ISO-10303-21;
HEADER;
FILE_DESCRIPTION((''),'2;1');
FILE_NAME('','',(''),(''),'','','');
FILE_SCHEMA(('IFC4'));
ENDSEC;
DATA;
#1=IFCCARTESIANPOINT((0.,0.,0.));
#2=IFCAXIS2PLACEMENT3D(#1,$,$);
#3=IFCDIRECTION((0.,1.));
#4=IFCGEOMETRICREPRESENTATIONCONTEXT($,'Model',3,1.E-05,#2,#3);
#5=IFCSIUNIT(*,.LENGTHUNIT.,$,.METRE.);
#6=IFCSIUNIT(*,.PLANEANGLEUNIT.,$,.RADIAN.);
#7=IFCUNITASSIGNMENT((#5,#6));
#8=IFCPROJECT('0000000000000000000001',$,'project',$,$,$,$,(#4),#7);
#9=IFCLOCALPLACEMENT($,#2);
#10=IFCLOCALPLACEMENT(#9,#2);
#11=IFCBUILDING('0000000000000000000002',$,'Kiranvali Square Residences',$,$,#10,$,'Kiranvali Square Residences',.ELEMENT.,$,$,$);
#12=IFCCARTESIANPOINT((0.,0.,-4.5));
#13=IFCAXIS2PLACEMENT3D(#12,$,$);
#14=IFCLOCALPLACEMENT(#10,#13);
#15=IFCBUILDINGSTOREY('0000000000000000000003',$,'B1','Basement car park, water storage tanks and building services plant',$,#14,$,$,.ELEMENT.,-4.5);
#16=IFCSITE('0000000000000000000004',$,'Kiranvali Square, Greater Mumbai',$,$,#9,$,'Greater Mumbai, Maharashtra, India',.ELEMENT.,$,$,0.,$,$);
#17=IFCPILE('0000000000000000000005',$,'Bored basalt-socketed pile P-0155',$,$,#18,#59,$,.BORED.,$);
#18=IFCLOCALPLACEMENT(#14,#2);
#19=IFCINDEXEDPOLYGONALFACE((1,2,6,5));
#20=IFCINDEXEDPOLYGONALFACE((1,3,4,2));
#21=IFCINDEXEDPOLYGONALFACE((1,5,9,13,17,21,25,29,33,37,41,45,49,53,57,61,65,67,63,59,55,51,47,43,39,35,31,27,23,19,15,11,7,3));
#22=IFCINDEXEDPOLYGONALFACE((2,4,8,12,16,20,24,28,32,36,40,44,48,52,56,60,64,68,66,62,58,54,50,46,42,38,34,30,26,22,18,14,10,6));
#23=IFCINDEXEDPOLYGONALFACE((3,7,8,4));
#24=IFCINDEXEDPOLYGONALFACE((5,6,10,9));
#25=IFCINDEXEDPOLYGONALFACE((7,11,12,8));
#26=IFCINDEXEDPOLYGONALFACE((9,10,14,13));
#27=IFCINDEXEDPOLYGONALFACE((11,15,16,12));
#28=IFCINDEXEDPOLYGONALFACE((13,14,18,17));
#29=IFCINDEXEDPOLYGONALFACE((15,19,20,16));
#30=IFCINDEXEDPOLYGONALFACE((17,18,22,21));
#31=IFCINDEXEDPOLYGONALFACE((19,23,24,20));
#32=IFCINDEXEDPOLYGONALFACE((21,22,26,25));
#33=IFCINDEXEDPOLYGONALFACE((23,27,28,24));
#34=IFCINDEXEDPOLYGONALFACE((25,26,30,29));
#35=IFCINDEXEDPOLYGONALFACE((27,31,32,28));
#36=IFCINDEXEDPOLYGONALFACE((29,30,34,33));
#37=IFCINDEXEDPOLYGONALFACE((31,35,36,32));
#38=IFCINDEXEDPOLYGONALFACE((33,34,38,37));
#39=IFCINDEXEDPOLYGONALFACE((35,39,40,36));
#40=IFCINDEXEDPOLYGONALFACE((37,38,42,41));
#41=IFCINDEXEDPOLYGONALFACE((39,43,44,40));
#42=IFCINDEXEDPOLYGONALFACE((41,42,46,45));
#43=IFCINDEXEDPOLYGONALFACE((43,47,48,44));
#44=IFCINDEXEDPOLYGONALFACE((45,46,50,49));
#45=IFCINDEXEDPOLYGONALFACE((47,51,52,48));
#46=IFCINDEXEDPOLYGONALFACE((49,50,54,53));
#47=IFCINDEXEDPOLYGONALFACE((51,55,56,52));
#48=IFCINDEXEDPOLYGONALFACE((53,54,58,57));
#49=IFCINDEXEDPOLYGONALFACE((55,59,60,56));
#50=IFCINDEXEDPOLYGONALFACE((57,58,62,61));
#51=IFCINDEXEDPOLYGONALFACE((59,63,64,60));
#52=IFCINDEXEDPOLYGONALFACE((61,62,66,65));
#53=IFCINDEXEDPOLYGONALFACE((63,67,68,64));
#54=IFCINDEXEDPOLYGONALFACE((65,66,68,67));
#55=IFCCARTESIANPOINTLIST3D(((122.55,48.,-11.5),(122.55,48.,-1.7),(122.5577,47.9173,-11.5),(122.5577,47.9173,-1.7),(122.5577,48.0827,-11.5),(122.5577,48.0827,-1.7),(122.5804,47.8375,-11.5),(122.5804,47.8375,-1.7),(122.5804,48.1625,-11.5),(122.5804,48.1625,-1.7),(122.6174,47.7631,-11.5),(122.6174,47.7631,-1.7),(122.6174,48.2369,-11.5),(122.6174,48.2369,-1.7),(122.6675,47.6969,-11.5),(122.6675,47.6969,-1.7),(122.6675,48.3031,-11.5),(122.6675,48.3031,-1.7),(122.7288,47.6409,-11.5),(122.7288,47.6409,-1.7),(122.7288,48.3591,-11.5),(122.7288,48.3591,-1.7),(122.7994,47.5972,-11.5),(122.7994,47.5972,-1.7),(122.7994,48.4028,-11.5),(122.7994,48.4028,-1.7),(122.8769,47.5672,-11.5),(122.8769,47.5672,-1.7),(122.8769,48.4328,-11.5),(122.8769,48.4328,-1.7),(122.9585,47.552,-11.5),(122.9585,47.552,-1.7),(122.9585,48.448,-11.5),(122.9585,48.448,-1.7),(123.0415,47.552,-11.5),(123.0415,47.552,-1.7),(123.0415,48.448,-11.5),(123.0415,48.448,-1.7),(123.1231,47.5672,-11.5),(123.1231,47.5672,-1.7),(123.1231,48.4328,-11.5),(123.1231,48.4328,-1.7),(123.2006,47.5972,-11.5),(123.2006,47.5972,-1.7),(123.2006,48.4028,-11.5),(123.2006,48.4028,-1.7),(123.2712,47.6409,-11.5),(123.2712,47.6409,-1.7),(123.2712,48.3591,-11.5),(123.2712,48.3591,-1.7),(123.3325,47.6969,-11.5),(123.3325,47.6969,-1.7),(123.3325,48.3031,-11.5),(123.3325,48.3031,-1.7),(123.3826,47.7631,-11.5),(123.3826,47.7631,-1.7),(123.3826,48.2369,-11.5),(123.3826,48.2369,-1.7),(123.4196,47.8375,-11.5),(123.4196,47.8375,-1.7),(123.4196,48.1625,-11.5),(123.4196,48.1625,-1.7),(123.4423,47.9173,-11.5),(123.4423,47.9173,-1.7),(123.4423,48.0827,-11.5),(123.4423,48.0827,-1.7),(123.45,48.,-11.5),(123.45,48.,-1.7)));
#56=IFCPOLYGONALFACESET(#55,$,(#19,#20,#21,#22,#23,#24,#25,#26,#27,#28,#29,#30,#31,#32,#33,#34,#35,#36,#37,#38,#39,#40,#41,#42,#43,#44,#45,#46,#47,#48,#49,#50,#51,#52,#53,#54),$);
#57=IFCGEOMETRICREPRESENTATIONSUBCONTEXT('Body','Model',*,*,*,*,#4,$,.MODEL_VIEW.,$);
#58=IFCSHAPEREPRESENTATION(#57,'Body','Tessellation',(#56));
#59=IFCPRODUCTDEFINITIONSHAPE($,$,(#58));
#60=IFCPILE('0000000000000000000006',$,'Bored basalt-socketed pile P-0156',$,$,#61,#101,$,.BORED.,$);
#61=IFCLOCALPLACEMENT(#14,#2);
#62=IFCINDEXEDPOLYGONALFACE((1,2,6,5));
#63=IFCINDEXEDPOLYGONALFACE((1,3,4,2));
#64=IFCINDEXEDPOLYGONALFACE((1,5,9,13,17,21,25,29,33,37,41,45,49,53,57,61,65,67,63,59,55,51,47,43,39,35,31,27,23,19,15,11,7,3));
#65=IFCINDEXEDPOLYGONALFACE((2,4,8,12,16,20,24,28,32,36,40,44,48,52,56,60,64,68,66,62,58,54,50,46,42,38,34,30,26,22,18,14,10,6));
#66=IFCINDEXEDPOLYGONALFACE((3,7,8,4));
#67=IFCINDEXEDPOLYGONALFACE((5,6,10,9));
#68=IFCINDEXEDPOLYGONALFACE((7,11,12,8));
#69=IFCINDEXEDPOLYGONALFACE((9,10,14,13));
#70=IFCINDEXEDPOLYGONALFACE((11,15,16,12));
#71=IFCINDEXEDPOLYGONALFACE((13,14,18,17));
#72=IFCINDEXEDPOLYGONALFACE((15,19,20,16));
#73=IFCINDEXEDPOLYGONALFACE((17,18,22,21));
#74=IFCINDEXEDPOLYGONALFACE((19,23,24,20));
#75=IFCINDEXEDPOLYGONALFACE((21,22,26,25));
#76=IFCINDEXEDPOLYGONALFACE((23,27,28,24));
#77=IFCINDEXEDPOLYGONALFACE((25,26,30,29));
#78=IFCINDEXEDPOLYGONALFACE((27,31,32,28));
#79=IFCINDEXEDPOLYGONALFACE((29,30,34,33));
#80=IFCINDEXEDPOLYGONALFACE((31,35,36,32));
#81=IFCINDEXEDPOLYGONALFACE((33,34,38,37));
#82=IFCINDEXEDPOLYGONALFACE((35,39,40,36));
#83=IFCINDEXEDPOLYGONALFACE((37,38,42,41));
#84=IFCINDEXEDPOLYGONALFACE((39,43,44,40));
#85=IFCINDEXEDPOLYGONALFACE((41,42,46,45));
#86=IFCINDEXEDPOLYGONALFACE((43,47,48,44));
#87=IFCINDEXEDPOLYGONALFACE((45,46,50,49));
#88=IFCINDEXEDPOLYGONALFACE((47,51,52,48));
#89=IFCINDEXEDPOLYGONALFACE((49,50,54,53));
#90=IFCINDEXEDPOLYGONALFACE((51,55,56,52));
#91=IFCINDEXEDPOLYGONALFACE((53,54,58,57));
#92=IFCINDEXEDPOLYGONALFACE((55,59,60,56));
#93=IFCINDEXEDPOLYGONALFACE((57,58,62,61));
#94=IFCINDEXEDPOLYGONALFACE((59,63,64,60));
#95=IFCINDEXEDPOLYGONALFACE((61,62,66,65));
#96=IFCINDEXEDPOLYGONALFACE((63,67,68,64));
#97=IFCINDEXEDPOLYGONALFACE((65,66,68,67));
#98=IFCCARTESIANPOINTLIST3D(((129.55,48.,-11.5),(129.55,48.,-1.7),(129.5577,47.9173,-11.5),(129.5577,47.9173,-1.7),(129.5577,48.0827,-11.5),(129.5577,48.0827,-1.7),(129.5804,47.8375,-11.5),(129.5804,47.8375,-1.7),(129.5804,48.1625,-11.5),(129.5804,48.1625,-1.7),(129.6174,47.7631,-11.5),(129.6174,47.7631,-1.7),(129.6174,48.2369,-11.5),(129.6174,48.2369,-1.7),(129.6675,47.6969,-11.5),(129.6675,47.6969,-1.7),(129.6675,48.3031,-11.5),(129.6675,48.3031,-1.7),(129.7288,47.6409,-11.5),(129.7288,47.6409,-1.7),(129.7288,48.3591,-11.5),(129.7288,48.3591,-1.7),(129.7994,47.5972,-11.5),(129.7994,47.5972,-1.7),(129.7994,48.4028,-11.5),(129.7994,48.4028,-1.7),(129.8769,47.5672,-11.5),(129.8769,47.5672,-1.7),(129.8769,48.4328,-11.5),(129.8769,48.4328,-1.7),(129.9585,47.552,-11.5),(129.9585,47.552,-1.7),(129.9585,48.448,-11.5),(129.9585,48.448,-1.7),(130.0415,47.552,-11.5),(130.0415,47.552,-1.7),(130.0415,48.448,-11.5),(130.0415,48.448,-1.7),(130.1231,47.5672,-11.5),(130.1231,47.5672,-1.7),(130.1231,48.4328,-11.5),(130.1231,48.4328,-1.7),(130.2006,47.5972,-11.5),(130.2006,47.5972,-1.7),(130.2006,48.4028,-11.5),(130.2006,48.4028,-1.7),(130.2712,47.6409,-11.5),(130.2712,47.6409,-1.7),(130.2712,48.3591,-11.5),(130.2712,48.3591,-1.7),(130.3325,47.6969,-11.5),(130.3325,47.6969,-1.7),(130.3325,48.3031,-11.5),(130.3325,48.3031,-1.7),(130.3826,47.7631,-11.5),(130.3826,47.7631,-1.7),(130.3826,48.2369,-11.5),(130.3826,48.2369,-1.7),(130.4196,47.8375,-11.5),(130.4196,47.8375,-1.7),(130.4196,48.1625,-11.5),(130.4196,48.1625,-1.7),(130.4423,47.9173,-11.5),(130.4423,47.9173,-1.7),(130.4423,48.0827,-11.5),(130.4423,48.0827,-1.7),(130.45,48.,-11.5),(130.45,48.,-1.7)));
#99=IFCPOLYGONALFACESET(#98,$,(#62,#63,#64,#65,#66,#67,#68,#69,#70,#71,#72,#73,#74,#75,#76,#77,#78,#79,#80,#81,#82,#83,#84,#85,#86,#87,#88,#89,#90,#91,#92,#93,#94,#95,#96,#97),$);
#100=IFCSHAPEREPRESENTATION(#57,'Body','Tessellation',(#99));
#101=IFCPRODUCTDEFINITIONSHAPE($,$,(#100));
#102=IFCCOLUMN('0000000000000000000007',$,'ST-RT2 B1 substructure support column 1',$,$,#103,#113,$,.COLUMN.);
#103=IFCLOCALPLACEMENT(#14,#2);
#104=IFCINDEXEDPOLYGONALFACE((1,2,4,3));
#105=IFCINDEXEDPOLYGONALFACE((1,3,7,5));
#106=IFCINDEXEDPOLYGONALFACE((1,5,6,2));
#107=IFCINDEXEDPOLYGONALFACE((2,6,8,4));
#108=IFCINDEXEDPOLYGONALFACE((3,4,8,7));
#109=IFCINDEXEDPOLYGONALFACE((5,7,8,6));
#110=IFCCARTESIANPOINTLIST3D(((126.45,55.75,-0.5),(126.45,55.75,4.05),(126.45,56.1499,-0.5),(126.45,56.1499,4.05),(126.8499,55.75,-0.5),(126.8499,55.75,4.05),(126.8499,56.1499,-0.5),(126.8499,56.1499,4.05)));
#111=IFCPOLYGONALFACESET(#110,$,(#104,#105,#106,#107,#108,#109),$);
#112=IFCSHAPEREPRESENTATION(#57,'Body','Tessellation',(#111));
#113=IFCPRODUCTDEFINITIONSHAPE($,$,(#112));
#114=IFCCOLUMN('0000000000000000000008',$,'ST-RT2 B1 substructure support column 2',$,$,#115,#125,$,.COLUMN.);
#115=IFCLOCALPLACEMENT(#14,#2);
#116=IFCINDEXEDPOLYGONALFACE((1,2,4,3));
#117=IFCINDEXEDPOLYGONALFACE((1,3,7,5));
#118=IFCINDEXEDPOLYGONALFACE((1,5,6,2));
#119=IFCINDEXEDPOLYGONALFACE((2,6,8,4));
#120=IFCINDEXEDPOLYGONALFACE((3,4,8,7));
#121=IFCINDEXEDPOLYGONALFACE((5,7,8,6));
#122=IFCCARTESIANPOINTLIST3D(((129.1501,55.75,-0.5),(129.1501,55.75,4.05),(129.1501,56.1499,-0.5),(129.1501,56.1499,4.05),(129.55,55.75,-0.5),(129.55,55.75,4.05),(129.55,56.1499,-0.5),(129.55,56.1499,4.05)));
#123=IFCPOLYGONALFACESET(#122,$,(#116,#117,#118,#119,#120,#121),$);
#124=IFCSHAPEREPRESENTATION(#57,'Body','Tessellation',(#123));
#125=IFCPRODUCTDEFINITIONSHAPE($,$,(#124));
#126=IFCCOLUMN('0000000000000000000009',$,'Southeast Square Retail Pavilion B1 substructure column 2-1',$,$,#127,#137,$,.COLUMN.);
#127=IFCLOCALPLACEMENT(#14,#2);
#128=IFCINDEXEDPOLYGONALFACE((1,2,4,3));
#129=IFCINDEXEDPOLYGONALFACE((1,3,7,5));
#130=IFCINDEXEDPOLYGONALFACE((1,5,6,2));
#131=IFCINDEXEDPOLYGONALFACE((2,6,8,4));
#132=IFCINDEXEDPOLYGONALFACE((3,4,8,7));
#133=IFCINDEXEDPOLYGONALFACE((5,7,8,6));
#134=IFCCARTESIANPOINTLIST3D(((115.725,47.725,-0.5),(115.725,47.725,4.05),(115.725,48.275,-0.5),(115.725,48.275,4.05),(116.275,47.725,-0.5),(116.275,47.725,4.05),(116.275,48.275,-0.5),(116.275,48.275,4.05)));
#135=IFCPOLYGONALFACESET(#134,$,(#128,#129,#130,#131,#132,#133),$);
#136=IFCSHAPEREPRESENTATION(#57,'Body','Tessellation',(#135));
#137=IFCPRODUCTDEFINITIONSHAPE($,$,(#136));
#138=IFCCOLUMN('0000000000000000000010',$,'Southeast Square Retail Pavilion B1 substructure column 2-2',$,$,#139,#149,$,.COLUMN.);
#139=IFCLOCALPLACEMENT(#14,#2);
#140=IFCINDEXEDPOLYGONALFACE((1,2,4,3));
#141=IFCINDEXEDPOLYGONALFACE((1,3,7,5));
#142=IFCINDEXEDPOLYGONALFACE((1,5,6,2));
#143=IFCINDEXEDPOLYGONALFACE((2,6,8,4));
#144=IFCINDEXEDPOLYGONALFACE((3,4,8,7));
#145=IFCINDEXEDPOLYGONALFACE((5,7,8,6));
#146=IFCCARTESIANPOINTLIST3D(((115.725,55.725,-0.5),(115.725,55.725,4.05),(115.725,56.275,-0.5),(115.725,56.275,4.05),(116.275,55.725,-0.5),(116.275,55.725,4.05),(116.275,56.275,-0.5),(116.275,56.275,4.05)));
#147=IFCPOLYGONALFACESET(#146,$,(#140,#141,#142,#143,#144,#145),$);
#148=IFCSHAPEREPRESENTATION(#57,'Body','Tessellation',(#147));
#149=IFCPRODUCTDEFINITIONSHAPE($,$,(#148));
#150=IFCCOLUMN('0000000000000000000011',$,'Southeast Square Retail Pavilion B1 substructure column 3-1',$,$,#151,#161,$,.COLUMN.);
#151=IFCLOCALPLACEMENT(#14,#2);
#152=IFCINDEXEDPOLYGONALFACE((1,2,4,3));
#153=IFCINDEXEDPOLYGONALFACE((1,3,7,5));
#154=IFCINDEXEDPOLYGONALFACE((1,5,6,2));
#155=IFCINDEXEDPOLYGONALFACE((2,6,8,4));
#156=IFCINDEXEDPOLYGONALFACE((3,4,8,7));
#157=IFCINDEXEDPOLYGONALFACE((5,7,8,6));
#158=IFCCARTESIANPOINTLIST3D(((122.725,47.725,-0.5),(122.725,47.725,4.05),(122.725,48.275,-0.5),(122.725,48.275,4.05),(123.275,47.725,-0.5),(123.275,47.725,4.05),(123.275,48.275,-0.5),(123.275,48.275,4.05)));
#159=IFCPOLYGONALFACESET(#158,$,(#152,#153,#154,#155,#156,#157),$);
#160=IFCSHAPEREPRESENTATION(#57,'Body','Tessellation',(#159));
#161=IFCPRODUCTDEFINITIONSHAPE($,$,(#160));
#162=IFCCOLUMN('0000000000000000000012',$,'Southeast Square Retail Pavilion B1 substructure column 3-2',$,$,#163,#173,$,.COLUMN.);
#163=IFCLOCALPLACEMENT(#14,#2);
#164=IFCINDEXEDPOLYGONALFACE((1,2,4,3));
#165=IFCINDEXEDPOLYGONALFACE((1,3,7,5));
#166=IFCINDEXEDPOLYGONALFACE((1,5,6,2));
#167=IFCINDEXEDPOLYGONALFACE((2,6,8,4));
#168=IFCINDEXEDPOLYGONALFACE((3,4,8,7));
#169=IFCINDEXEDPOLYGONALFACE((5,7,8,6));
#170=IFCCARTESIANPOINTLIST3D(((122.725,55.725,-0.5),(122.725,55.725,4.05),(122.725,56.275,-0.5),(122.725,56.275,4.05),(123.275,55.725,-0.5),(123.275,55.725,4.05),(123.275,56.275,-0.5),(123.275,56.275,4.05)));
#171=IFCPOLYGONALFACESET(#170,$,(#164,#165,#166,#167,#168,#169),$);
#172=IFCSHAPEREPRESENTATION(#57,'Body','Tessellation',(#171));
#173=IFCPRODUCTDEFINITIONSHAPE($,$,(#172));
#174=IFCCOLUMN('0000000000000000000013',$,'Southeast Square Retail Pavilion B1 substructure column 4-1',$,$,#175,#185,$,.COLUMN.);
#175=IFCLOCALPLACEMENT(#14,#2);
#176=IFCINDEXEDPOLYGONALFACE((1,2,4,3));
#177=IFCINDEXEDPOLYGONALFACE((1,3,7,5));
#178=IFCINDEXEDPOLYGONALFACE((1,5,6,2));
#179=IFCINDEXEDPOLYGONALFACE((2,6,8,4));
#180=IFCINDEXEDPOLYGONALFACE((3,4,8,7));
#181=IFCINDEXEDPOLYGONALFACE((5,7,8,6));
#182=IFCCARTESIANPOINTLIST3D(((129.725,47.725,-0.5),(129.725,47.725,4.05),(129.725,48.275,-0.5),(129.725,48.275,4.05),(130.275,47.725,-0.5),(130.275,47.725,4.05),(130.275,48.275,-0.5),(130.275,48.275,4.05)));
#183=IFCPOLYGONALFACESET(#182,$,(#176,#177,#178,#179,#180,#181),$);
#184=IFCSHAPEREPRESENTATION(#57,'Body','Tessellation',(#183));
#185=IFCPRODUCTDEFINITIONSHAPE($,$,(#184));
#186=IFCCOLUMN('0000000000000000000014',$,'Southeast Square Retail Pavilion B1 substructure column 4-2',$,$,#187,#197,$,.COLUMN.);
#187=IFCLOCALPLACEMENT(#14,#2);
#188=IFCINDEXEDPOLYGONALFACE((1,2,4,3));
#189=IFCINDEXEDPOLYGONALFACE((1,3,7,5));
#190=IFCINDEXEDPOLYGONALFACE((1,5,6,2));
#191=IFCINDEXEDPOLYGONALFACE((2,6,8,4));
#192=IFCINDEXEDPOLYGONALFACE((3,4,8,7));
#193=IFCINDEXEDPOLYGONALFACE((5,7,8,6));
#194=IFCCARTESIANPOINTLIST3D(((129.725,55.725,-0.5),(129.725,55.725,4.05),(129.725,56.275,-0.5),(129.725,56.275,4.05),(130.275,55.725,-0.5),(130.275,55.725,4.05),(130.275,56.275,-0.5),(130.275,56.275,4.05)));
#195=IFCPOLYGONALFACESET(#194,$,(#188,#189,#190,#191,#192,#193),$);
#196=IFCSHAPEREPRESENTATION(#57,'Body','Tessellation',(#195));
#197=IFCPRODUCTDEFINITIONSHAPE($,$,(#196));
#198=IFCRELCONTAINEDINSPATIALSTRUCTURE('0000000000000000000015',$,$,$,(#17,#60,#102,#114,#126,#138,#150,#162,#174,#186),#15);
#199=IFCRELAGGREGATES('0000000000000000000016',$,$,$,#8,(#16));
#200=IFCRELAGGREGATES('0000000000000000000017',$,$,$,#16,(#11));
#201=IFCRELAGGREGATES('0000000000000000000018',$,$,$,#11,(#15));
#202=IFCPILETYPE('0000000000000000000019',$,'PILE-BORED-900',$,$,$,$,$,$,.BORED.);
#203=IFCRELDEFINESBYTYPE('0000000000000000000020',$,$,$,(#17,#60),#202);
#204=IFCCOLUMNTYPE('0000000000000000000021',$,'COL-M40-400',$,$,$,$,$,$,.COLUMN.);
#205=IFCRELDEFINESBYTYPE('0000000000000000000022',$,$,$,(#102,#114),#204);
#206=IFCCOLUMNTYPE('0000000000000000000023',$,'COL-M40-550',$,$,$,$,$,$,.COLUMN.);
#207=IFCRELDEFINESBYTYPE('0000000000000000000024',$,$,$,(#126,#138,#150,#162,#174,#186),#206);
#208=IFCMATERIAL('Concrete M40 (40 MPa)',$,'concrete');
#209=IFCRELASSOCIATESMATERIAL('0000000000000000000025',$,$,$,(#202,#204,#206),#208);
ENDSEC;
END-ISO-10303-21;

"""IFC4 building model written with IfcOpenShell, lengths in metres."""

from ifc_helpers import new_model, si_unit, direction, frame, origin, origin_2d, place, context, subcontext, project, spatial, rectangle, circle, extrude, material, material_profile, profile_set, type_object, element, save


model = new_model("IFC4")

# Units and contexts
model_context = context("Model", 3, precision=1e-05, world=origin(), true_north=direction((0.0, 1.0)))
body_context = subcontext(model_context, "Body", "Model", "MODEL_VIEW")
ifc_project = project(units=[si_unit("LENGTHUNIT", "METRE"), si_unit("PLANEANGLEUNIT", "RADIAN")], contexts=[model_context])

# Site, building, storey
site_placement = place(None, origin())
site = spatial("IfcSite", under=ifc_project, at=site_placement, Name="Kiranvali Square, Greater Mumbai", LongName="Greater Mumbai, Maharashtra, India", CompositionType="ELEMENT", RefElevation=0.0)
building_placement = place(site_placement, origin())
building = spatial("IfcBuilding", under=site, at=building_placement, Name="Kiranvali Square Residences", LongName="Kiranvali Square Residences", CompositionType="ELEMENT")
storey_placement = place(building_placement, frame((0.0, 0.0, -4.5)))
storey = spatial("IfcBuildingStorey", under=building, at=storey_placement, Name="B1", Description="Basement car park, water storage tanks and building services plant", CompositionType="ELEMENT", Elevation=-4.5)

# Shared definitions
ifc_material = material(Name="Concrete M40 (40 MPa)", Category="concrete")

# Piles
ifc_material_profile_1 = material_profile(ifc_material, circle(Radius=0.45, at=origin_2d()), Name="BORED PILE 900")
ifc_profile_set_1 = profile_set([ifc_material_profile_1], Name="Concrete M40 (40 MPa)")
pile_type_1 = type_object("IfcPileType", Name="PILE-BORED-900", PredefinedType="BORED", material=ifc_profile_set_1)
for number, where, z_axis, x_axis, name in (
    (1, (123.0, 48.0, -1.7), (0.0, 0.0, -1.0), (1.0, 0.0, 0.0), "Bored basalt-socketed pile P-0155"),
    (2, (130.0, 48.0, -1.7), (0.0, 0.0, -1.0), (1.0, 0.0, 0.0), "Bored basalt-socketed pile P-0156"),
):
    element("IfcPile", number, at=place(storey_placement, frame(where, z_axis=z_axis, x_axis=x_axis)), inside=storey, type_object=pile_type_1, Name=name, PredefinedType="BORED", context=body_context, shape_type="SweptSolid", body=[
        extrude(circle(Radius=0.45, at=origin_2d()), origin(), (0.0, 0.0, 1.0), 9.8),
    ])

# Columns
ifc_material_profile_2 = material_profile(ifc_material, rectangle(XDim=0.3999, YDim=0.3999, at=origin_2d()), Name="RC 400x400")
ifc_profile_set_2 = profile_set([ifc_material_profile_2], Name="Concrete M40 (40 MPa)")
column_type_1 = type_object("IfcColumnType", Name="COL-M40-400", PredefinedType="COLUMN", material=ifc_profile_set_2)
for number, where, z_axis, x_axis, name in (
    (3, (126.6499, 55.95, -0.5), (0.0, 0.0, 1.0), (1.0, 0.0, 0.0), "ST-RT2 B1 substructure support column 1"),
    (4, (129.3501, 55.95, -0.5), (0.0, 0.0, 1.0), (1.0, 0.0, 0.0), "ST-RT2 B1 substructure support column 2"),
):
    element("IfcColumn", number, at=place(storey_placement, frame(where, z_axis=z_axis, x_axis=x_axis)), inside=storey, type_object=column_type_1, Name=name, PredefinedType="COLUMN", context=body_context, shape_type="SweptSolid", body=[
        extrude(rectangle(XDim=0.3999, YDim=0.3999, at=origin_2d()), origin(), (0.0, 0.0, 1.0), 4.55),
    ])
ifc_material_profile_3 = material_profile(ifc_material, rectangle(XDim=0.55, YDim=0.55, at=origin_2d()), Name="RC 550x550")
ifc_profile_set_3 = profile_set([ifc_material_profile_3], Name="Concrete M40 (40 MPa)")
column_type_2 = type_object("IfcColumnType", Name="COL-M40-550", PredefinedType="COLUMN", material=ifc_profile_set_3)
for number, where, z_axis, x_axis, name in (
    (5, (116.0, 48.0, -0.5), (0.0, 0.0, 1.0), (1.0, 0.0, 0.0), "Southeast Square Retail Pavilion B1 substructure column 2-1"),
    (6, (116.0, 56.0, -0.5), (0.0, 0.0, 1.0), (1.0, 0.0, 0.0), "Southeast Square Retail Pavilion B1 substructure column 2-2"),
    (7, (123.0, 48.0, -0.5), (0.0, 0.0, 1.0), (1.0, 0.0, 0.0), "Southeast Square Retail Pavilion B1 substructure column 3-1"),
    (8, (123.0, 56.0, -0.5), (0.0, 0.0, 1.0), (1.0, 0.0, 0.0), "Southeast Square Retail Pavilion B1 substructure column 3-2"),
    (9, (130.0, 48.0, -0.5), (0.0, 0.0, 1.0), (1.0, 0.0, 0.0), "Southeast Square Retail Pavilion B1 substructure column 4-1"),
    (10, (130.0, 56.0, -0.5), (0.0, 0.0, 1.0), (1.0, 0.0, 0.0), "Southeast Square Retail Pavilion B1 substructure column 4-2"),
):
    element("IfcColumn", number, at=place(storey_placement, frame(where, z_axis=z_axis, x_axis=x_axis)), inside=storey, type_object=column_type_2, Name=name, PredefinedType="COLUMN", context=body_context, shape_type="SweptSolid", body=[
        extrude(rectangle(XDim=0.55, YDim=0.55, at=origin_2d()), origin(), (0.0, 0.0, 1.0), 4.55),
    ])

save(model, "model.ifc")
